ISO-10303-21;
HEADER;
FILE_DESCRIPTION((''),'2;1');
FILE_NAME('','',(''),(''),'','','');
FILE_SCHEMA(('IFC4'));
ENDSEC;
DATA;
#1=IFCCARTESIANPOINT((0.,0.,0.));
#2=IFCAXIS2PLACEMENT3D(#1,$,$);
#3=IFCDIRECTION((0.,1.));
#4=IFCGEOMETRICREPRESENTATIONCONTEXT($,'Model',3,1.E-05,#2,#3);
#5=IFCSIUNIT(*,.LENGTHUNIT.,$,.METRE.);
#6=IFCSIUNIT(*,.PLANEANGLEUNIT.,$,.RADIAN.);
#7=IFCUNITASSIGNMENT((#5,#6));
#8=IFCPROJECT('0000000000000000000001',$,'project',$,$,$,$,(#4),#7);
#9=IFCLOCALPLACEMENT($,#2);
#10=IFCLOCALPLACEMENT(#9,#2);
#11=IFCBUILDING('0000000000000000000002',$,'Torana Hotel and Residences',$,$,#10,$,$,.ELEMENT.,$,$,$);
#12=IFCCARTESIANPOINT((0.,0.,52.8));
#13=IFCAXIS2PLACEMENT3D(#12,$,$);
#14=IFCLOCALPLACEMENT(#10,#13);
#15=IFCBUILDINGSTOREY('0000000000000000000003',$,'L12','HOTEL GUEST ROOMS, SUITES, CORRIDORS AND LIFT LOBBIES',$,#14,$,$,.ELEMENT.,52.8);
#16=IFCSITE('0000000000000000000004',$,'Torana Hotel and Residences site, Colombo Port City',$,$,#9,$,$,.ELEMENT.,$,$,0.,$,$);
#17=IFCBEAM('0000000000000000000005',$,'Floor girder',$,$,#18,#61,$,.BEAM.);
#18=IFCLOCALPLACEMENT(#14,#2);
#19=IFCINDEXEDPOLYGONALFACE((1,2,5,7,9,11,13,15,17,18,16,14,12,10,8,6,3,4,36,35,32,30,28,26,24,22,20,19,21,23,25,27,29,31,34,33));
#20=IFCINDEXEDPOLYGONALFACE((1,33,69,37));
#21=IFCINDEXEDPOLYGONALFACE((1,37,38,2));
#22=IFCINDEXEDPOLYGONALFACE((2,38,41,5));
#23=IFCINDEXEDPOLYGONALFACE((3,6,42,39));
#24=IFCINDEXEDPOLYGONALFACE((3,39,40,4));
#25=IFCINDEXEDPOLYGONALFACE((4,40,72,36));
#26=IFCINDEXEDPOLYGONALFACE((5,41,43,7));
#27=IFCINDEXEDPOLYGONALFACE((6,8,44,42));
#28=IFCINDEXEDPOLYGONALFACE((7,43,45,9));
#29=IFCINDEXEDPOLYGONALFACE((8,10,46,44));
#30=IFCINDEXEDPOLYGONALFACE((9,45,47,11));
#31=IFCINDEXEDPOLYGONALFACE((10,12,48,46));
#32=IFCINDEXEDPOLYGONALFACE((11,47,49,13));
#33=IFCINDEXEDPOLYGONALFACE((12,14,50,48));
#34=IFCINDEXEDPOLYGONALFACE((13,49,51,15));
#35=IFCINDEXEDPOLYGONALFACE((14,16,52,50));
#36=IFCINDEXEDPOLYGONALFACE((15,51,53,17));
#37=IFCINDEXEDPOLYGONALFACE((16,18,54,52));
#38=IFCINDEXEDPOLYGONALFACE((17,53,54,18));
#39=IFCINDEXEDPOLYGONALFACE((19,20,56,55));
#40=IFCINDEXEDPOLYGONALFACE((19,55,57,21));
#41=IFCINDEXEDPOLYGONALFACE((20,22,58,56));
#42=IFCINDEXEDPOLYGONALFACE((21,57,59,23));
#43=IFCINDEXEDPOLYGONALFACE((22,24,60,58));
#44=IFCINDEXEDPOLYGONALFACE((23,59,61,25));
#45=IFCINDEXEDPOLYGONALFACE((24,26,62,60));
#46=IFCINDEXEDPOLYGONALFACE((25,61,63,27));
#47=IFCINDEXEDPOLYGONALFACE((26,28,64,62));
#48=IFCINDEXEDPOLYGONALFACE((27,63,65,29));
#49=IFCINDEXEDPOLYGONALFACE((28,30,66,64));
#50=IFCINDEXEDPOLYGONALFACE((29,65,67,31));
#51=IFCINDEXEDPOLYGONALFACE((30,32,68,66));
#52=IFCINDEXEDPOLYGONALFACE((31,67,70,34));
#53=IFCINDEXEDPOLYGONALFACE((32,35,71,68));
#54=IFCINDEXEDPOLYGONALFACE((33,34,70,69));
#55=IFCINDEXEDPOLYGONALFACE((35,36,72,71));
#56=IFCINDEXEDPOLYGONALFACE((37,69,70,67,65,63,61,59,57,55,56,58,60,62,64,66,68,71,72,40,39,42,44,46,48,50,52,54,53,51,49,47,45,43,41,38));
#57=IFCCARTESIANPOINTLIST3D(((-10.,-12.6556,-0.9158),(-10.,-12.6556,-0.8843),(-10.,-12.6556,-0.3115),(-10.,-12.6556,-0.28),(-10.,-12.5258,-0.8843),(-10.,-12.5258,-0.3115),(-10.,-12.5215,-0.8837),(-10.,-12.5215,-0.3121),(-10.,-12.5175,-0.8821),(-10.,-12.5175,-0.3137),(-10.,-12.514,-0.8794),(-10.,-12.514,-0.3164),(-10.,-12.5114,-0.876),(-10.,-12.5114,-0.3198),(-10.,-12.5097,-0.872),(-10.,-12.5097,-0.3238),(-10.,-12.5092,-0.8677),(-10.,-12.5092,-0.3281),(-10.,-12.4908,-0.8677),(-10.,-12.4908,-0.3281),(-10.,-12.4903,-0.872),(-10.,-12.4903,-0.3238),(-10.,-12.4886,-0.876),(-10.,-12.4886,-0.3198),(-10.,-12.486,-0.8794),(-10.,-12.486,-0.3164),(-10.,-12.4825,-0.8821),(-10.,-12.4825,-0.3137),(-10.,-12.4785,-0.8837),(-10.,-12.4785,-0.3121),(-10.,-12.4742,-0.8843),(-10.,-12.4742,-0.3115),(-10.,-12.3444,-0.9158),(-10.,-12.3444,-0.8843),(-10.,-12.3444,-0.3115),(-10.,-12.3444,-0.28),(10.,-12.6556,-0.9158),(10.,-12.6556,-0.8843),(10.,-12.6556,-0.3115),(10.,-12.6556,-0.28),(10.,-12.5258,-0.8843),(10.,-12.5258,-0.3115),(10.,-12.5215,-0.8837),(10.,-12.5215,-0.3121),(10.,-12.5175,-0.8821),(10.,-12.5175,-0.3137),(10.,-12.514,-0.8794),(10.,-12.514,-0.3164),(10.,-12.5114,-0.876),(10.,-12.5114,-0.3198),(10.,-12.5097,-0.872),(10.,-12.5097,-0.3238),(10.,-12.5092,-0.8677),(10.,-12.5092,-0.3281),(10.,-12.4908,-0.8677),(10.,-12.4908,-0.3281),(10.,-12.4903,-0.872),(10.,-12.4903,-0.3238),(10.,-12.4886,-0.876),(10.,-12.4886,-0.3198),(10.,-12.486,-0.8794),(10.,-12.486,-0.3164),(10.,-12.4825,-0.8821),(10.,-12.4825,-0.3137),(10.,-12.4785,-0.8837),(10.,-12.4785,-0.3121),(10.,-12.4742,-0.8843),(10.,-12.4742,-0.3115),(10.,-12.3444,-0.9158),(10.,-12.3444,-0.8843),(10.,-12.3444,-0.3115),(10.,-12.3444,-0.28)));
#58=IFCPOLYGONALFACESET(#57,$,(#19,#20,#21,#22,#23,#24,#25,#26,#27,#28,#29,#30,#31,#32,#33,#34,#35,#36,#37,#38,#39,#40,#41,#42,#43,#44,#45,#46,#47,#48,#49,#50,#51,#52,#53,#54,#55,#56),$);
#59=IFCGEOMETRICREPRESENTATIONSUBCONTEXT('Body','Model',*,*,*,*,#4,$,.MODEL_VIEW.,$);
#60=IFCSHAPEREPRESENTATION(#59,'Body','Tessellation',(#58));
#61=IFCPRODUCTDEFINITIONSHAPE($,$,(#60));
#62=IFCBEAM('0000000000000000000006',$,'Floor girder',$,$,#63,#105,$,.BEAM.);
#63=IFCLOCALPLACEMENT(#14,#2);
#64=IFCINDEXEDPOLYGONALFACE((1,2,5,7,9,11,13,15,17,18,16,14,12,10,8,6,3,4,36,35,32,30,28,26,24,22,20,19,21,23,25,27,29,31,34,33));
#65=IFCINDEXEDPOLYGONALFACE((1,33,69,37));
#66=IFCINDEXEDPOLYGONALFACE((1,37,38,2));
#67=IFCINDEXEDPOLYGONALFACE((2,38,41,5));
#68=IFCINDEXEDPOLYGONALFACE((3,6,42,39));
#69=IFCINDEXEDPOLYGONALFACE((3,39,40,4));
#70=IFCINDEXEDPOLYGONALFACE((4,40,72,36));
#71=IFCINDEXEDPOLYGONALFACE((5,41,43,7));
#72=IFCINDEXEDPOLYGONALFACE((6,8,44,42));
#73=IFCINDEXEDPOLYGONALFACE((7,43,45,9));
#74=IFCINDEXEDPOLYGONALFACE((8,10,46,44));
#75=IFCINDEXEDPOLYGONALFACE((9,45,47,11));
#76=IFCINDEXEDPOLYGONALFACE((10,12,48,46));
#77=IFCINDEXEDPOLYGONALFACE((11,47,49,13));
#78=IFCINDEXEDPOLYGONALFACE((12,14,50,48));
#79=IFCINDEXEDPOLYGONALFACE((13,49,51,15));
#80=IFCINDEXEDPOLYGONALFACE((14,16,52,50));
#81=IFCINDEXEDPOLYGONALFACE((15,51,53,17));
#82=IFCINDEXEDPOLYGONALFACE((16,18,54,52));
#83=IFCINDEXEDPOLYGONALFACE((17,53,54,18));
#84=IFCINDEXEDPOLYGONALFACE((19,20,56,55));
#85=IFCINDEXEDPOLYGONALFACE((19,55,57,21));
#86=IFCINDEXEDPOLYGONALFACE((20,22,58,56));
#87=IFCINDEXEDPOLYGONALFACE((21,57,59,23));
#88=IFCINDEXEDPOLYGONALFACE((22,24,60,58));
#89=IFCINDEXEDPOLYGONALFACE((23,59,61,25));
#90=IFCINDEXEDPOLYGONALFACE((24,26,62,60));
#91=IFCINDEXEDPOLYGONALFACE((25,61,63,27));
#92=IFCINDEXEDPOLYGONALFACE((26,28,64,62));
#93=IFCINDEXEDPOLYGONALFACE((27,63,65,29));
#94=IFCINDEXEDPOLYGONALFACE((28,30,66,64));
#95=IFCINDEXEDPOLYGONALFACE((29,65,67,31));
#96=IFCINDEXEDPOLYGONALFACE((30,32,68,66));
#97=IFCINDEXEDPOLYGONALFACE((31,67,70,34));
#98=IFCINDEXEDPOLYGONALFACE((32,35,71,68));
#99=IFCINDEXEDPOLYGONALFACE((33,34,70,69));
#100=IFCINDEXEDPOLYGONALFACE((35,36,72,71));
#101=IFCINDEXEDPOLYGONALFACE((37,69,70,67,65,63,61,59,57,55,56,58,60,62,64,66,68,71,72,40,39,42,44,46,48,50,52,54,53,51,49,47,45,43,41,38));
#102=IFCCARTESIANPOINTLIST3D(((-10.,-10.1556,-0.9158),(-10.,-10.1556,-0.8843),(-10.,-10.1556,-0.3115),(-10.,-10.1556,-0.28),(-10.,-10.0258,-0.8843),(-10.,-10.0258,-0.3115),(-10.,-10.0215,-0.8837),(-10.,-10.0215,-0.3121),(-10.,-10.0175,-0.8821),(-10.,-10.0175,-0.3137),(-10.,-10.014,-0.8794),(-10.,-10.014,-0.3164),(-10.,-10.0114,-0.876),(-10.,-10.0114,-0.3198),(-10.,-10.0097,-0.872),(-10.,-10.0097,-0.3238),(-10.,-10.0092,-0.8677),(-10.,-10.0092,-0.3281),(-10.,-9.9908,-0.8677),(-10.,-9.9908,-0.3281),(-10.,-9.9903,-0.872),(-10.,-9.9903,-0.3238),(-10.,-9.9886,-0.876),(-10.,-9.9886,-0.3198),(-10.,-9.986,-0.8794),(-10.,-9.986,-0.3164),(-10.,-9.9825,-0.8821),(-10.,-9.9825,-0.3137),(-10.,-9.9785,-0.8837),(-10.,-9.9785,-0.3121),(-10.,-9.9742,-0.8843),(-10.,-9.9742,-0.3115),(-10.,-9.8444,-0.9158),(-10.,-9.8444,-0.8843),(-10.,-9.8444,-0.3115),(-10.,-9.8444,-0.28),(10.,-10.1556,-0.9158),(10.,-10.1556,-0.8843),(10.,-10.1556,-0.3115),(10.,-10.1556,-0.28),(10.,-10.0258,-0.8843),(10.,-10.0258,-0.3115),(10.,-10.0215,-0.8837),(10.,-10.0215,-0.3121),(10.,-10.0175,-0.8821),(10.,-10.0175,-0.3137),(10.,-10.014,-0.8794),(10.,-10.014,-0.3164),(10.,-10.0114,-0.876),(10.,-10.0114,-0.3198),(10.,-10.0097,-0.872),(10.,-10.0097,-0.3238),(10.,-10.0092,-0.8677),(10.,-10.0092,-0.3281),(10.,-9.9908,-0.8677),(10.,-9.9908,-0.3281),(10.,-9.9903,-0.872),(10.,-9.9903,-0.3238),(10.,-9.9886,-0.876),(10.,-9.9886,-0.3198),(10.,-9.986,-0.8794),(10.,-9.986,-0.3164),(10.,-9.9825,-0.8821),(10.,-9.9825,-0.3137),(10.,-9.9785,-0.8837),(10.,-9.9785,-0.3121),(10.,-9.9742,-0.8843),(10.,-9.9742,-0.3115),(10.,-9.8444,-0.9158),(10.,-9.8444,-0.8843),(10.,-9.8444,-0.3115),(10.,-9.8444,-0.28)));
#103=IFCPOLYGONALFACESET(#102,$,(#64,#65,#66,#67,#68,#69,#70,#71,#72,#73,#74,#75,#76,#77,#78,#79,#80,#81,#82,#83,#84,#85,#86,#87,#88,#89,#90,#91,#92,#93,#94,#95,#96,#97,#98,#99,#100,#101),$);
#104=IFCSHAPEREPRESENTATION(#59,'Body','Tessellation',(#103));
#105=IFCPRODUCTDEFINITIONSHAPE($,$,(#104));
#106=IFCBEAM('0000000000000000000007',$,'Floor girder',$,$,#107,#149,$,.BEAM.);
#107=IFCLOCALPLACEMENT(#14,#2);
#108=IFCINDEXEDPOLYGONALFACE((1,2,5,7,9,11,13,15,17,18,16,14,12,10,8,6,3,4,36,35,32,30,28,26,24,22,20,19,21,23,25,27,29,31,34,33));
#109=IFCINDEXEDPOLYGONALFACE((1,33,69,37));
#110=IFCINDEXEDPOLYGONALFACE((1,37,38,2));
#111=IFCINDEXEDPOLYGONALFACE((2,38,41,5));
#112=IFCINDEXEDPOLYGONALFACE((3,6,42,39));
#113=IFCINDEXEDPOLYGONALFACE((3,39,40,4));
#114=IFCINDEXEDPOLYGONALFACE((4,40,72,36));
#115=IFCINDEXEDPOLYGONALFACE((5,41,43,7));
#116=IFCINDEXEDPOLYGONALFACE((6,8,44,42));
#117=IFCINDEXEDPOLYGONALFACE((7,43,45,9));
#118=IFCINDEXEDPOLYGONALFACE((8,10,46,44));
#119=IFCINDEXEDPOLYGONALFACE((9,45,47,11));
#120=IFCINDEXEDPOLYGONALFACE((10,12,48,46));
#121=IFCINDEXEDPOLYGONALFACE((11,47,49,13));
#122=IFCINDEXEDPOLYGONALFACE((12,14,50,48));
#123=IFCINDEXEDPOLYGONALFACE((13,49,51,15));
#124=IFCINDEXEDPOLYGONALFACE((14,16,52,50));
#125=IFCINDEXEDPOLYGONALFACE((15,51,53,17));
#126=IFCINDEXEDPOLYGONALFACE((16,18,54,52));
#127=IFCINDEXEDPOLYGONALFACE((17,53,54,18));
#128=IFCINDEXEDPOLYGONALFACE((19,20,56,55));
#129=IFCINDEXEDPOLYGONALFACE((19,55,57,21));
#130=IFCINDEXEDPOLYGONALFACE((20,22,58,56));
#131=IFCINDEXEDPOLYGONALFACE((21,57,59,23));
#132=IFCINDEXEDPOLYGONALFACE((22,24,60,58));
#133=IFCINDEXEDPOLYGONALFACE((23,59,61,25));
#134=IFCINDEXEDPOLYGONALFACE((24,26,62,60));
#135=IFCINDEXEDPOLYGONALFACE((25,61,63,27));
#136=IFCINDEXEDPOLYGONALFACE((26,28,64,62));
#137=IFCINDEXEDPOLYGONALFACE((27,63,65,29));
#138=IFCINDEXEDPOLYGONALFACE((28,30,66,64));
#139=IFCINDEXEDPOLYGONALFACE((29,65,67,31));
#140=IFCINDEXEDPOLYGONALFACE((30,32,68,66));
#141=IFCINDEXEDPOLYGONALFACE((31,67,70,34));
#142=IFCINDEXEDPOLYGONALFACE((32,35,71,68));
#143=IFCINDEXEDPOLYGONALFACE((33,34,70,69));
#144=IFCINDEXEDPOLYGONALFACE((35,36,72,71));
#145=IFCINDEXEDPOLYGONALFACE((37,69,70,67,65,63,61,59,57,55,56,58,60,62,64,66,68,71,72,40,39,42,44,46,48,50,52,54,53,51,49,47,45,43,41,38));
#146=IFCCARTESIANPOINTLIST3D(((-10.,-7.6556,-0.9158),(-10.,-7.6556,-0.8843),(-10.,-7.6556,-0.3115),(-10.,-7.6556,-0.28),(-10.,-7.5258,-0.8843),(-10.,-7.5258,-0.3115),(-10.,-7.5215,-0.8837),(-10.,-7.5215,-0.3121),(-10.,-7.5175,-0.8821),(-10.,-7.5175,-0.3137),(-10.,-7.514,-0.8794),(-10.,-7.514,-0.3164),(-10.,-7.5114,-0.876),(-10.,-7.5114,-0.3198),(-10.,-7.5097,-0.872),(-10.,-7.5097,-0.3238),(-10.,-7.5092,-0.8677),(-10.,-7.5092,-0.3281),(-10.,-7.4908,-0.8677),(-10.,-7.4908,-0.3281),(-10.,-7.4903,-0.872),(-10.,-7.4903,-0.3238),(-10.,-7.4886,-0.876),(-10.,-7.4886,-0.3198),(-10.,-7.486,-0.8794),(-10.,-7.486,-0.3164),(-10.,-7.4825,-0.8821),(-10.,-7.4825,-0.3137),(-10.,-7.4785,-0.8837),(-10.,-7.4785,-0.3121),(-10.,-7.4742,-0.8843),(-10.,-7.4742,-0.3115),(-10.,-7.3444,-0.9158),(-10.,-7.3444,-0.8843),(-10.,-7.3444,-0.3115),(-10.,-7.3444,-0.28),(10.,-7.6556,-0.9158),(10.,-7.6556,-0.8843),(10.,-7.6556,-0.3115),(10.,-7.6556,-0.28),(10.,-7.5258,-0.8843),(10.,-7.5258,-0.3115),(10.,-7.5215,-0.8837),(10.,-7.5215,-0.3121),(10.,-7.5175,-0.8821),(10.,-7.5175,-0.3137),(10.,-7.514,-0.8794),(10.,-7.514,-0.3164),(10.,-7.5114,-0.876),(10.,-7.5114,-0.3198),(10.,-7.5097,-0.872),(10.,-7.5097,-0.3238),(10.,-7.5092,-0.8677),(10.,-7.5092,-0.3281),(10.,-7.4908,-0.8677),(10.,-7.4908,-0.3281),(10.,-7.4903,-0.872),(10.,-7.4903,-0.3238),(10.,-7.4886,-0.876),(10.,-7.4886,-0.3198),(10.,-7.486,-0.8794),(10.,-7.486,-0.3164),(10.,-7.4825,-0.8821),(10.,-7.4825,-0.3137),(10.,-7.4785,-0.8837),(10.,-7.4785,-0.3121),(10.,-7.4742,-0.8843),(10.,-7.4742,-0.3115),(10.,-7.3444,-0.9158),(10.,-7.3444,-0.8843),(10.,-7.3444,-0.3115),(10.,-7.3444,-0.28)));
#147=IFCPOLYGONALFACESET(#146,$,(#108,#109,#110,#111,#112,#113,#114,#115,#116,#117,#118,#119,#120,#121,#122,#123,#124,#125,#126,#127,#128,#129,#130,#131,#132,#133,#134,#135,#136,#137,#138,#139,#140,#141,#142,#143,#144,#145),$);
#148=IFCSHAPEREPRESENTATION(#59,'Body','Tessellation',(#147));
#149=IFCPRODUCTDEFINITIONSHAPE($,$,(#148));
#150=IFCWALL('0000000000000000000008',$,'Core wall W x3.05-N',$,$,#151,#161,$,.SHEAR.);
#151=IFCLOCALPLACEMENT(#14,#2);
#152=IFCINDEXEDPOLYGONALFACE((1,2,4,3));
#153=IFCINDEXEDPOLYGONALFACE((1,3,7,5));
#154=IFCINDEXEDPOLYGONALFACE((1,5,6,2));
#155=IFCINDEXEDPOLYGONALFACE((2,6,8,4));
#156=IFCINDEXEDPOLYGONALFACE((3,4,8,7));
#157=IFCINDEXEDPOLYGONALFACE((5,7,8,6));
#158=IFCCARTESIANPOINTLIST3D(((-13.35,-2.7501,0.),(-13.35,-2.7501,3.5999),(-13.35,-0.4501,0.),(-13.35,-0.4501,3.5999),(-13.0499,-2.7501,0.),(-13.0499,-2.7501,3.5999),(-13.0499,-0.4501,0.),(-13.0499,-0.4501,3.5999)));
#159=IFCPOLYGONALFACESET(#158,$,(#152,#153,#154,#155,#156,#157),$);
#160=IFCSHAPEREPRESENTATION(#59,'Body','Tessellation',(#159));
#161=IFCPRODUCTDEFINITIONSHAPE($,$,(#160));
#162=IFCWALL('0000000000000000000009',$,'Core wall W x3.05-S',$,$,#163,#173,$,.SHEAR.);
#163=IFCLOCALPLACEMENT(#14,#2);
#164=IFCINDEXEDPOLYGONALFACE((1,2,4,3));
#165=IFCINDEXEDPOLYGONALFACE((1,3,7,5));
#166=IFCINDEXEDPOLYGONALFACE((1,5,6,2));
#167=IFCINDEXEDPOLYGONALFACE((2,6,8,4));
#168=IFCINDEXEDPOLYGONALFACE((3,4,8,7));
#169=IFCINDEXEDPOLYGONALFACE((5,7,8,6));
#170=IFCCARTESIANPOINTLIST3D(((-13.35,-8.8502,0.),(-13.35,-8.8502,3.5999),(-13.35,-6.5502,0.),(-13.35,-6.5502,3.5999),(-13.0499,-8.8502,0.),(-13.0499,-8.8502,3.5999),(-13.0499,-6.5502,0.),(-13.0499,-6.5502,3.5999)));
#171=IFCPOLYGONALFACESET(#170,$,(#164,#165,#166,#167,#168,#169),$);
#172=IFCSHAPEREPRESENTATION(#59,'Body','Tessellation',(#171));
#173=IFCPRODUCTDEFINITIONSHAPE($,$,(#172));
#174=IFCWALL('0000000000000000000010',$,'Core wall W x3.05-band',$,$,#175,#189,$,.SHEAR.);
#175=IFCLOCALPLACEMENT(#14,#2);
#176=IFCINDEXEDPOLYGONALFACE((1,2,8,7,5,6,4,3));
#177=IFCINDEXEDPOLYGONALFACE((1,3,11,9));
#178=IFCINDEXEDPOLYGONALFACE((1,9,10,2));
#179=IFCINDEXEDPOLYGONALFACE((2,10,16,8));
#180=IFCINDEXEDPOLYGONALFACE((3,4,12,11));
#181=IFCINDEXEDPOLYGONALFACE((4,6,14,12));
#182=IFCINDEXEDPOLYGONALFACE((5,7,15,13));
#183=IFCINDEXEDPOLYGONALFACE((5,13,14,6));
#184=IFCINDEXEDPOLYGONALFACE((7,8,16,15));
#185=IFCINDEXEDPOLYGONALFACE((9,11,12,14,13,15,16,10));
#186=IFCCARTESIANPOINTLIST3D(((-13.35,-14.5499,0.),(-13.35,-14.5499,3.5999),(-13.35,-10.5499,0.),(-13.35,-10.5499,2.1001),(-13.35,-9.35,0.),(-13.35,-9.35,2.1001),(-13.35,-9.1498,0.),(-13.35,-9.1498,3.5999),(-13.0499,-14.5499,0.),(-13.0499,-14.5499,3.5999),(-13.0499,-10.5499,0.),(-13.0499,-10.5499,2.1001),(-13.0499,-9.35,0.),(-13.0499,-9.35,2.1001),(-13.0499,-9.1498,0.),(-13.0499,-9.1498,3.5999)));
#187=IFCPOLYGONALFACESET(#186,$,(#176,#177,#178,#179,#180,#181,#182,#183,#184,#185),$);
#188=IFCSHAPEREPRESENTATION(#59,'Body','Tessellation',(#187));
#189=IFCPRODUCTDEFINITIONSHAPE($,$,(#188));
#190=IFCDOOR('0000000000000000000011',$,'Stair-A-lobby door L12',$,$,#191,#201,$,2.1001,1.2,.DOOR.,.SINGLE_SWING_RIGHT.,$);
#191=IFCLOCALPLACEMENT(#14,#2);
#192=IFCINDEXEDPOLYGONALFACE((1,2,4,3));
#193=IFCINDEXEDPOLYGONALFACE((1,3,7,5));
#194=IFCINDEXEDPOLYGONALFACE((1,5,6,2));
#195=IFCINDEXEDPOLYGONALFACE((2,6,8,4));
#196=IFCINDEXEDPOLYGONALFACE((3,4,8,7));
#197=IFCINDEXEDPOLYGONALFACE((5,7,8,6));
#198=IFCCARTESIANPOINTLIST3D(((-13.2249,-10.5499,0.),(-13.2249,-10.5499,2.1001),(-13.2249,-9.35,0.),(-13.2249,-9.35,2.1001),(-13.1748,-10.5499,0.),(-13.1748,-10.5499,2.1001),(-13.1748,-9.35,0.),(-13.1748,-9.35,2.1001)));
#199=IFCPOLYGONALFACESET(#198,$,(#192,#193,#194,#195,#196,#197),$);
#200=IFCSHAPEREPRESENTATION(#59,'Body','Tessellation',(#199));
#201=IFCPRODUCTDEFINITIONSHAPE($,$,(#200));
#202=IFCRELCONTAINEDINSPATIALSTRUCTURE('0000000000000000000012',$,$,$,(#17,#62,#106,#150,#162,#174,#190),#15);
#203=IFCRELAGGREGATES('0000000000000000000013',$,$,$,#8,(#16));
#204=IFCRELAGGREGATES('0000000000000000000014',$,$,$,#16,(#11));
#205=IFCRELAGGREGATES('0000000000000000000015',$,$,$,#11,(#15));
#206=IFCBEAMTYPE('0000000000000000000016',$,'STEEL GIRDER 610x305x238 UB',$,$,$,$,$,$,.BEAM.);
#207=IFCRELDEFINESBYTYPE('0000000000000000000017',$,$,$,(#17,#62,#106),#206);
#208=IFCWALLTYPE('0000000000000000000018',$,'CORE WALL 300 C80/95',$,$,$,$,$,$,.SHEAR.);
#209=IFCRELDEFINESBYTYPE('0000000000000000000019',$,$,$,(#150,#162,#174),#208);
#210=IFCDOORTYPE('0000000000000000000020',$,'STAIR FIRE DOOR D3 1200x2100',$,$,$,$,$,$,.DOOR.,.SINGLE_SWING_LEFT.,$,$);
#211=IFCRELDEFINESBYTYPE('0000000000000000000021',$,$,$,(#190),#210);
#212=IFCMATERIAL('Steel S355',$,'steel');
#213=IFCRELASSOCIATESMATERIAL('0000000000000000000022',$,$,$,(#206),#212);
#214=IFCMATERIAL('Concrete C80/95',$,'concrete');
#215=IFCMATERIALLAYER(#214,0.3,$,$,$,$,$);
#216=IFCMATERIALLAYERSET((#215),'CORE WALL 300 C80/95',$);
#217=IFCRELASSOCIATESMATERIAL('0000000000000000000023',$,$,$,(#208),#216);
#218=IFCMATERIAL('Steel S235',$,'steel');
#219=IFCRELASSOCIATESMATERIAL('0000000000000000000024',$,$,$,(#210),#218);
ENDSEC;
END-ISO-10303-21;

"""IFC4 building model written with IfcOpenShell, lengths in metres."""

from ifc_helpers import new_model, si_unit, direction, frame, frame_2d, origin, origin_2d, place, context, subcontext, project, spatial, rectangle, i_section, extrude, material, layer, layer_set, material_profile, profile_set, type_object, element, fill, save


model = new_model("IFC4")

# Units and contexts
model_context = context("Model", 3, precision=1e-05, world=origin(), true_north=direction((0.0, 1.0)))
body_context = subcontext(model_context, "Body", "Model", "MODEL_VIEW")
ifc_project = project(units=[si_unit("LENGTHUNIT", "METRE"), si_unit("PLANEANGLEUNIT", "RADIAN")], contexts=[model_context])

# Site, building, storey
site_placement = place(None, origin())
site = spatial("IfcSite", under=ifc_project, at=site_placement, Name="Torana Hotel and Residences site, Colombo Port City", CompositionType="ELEMENT", RefElevation=0.0)
building_placement = place(site_placement, origin())
building = spatial("IfcBuilding", under=site, at=building_placement, Name="Torana Hotel and Residences", CompositionType="ELEMENT")
storey_placement = place(building_placement, frame((0.0, 0.0, 52.8)))
storey = spatial("IfcBuildingStorey", under=building, at=storey_placement, Name="L12", Description="HOTEL GUEST ROOMS, SUITES, CORRIDORS AND LIFT LOBBIES", CompositionType="ELEMENT", Elevation=52.8)

# Beams
ifc_material_1 = material(Name="Steel S355", Category="steel")
ifc_material_profile = material_profile(ifc_material_1, i_section(OverallWidth=0.3113, OverallDepth=0.6357, WebThickness=0.0183, FlangeThickness=0.0315, FilletRadius=0.0166, at=origin_2d()), Name="610x305x238 UB")
ifc_profile_set = profile_set([ifc_material_profile], Name="Steel S355")
beam_type = type_object("IfcBeamType", Name="STEEL GIRDER 610x305x238 UB", PredefinedType="BEAM", material=ifc_profile_set)
for number, where, z_axis, x_axis, name in (
    (1, (-10.0, -12.5, -0.5979), (1.0, 0.0, 0.0), (0.0, 1.0, 0.0), "Floor girder"),
    (2, (-10.0, -10.0, -0.5979), (1.0, 0.0, 0.0), (0.0, 1.0, 0.0), "Floor girder"),
    (3, (-10.0, -7.5, -0.5979), (1.0, 0.0, 0.0), (0.0, 1.0, 0.0), "Floor girder"),
):
    element("IfcBeam", number, at=place(storey_placement, frame(where, z_axis=z_axis, x_axis=x_axis)), inside=storey, type_object=beam_type, Name=name, PredefinedType="BEAM", context=body_context, shape_type="SweptSolid", body=[
        extrude(i_section(OverallWidth=0.3113, OverallDepth=0.6357, WebThickness=0.0183, FlangeThickness=0.0315, FilletRadius=0.0166, at=origin_2d()), origin(), (0.0, 0.0, 1.0), 20.0),
    ])

# Walls
ifc_material_2 = material(Name="Concrete C80/95", Category="concrete")
ifc_layer_1 = layer(ifc_material_2, 0.3)
ifc_layer_set_1 = layer_set([ifc_layer_1], Name="CORE WALL 300 C80/95")
wall_type_1 = type_object("IfcWallType", Name="CORE WALL 300 C80/95", PredefinedType="SHEAR", material=ifc_layer_set_1)
for number, where, z_axis, x_axis, name in (
    (4, (-13.2, -2.75, 0.0), (0.0, 0.0, 1.0), (0.0, 1.0, 0.0), "Core wall W x3.05-N"),
    (5, (-13.2, -8.8501, 0.0), (0.0, 0.0, 1.0), (0.0, 1.0, 0.0), "Core wall W x3.05-S"),
):
    element("IfcWall", number, at=place(storey_placement, frame(where, z_axis=z_axis, x_axis=x_axis)), inside=storey, type_object=wall_type_1, Name=name, PredefinedType="SHEAR", context=body_context, shape_type="SweptSolid", body=[
        extrude(rectangle(XDim=2.3, YDim=0.3, at=frame_2d((1.1499, 0.0))), origin(), (0.0, 0.0, 1.0), 3.5999),
    ])

# Wall, opening, door
wall_1_placement = place(storey_placement, frame((-13.2, -14.55, 0.0), z_axis=(0.0, 0.0, 1.0), x_axis=(0.0, 1.0, 0.0)))
wall_1 = element("IfcWall", 6, at=wall_1_placement, inside=storey, type_object=wall_type_1, Name="Core wall W x3.05-band", PredefinedType="SHEAR", context=body_context, shape_type="SweptSolid", body=[
    extrude(rectangle(XDim=5.4001, YDim=0.3, at=frame_2d((2.7002, 0.0))), origin(), (0.0, 0.0, 1.0), 3.5999),
])
opening_1_placement = place(wall_1_placement, frame((4.0, 0.0, 0.0)))
opening_1 = element("IfcOpeningElement", 7, at=opening_1_placement, cuts=wall_1, PredefinedType="OPENING", context=body_context, shape_type="SweptSolid", body=[
    extrude(rectangle(XDim=1.2, YDim=2.1001, at=frame_2d((0.6001, 1.05))), frame((0.0, 0.1599, 0.0), z_axis=(0.0, -1.0, 0.0), x_axis=(1.0, 0.0, 0.0)), (0.0, 0.0, 1.0), 0.3201),
])
ifc_material_3 = material(Name="Steel S235", Category="steel")
door_type_1 = type_object("IfcDoorType", Name="STAIR FIRE DOOR D3 1200x2100", OperationType="SINGLE_SWING_LEFT", PredefinedType="DOOR", material=ifc_material_3)
door_1_placement = place(opening_1_placement, frame((0.6001, 0.0, 0.0), z_axis=(0.0, 0.0, 1.0), x_axis=(-1.0, 0.0, 0.0)))
door_1 = element("IfcDoor", 8, at=door_1_placement, inside=storey, type_object=door_type_1, Name="Stair-A-lobby door L12", OperationType="SINGLE_SWING_RIGHT", OverallHeight=2.1001, OverallWidth=1.2, PredefinedType="DOOR", context=body_context, shape_type="SweptSolid", body=[
    extrude(rectangle(XDim=1.2, YDim=2.1001, at=frame_2d((0.0, 1.05))), frame((0.0, -0.0249, 0.0), z_axis=(0.0, 1.0, 0.0), x_axis=(-1.0, 0.0, 0.0)), (0.0, 0.0, 1.0), 0.05),
])
fill(opening_1, door_1)

save(model, "model.ifc")
